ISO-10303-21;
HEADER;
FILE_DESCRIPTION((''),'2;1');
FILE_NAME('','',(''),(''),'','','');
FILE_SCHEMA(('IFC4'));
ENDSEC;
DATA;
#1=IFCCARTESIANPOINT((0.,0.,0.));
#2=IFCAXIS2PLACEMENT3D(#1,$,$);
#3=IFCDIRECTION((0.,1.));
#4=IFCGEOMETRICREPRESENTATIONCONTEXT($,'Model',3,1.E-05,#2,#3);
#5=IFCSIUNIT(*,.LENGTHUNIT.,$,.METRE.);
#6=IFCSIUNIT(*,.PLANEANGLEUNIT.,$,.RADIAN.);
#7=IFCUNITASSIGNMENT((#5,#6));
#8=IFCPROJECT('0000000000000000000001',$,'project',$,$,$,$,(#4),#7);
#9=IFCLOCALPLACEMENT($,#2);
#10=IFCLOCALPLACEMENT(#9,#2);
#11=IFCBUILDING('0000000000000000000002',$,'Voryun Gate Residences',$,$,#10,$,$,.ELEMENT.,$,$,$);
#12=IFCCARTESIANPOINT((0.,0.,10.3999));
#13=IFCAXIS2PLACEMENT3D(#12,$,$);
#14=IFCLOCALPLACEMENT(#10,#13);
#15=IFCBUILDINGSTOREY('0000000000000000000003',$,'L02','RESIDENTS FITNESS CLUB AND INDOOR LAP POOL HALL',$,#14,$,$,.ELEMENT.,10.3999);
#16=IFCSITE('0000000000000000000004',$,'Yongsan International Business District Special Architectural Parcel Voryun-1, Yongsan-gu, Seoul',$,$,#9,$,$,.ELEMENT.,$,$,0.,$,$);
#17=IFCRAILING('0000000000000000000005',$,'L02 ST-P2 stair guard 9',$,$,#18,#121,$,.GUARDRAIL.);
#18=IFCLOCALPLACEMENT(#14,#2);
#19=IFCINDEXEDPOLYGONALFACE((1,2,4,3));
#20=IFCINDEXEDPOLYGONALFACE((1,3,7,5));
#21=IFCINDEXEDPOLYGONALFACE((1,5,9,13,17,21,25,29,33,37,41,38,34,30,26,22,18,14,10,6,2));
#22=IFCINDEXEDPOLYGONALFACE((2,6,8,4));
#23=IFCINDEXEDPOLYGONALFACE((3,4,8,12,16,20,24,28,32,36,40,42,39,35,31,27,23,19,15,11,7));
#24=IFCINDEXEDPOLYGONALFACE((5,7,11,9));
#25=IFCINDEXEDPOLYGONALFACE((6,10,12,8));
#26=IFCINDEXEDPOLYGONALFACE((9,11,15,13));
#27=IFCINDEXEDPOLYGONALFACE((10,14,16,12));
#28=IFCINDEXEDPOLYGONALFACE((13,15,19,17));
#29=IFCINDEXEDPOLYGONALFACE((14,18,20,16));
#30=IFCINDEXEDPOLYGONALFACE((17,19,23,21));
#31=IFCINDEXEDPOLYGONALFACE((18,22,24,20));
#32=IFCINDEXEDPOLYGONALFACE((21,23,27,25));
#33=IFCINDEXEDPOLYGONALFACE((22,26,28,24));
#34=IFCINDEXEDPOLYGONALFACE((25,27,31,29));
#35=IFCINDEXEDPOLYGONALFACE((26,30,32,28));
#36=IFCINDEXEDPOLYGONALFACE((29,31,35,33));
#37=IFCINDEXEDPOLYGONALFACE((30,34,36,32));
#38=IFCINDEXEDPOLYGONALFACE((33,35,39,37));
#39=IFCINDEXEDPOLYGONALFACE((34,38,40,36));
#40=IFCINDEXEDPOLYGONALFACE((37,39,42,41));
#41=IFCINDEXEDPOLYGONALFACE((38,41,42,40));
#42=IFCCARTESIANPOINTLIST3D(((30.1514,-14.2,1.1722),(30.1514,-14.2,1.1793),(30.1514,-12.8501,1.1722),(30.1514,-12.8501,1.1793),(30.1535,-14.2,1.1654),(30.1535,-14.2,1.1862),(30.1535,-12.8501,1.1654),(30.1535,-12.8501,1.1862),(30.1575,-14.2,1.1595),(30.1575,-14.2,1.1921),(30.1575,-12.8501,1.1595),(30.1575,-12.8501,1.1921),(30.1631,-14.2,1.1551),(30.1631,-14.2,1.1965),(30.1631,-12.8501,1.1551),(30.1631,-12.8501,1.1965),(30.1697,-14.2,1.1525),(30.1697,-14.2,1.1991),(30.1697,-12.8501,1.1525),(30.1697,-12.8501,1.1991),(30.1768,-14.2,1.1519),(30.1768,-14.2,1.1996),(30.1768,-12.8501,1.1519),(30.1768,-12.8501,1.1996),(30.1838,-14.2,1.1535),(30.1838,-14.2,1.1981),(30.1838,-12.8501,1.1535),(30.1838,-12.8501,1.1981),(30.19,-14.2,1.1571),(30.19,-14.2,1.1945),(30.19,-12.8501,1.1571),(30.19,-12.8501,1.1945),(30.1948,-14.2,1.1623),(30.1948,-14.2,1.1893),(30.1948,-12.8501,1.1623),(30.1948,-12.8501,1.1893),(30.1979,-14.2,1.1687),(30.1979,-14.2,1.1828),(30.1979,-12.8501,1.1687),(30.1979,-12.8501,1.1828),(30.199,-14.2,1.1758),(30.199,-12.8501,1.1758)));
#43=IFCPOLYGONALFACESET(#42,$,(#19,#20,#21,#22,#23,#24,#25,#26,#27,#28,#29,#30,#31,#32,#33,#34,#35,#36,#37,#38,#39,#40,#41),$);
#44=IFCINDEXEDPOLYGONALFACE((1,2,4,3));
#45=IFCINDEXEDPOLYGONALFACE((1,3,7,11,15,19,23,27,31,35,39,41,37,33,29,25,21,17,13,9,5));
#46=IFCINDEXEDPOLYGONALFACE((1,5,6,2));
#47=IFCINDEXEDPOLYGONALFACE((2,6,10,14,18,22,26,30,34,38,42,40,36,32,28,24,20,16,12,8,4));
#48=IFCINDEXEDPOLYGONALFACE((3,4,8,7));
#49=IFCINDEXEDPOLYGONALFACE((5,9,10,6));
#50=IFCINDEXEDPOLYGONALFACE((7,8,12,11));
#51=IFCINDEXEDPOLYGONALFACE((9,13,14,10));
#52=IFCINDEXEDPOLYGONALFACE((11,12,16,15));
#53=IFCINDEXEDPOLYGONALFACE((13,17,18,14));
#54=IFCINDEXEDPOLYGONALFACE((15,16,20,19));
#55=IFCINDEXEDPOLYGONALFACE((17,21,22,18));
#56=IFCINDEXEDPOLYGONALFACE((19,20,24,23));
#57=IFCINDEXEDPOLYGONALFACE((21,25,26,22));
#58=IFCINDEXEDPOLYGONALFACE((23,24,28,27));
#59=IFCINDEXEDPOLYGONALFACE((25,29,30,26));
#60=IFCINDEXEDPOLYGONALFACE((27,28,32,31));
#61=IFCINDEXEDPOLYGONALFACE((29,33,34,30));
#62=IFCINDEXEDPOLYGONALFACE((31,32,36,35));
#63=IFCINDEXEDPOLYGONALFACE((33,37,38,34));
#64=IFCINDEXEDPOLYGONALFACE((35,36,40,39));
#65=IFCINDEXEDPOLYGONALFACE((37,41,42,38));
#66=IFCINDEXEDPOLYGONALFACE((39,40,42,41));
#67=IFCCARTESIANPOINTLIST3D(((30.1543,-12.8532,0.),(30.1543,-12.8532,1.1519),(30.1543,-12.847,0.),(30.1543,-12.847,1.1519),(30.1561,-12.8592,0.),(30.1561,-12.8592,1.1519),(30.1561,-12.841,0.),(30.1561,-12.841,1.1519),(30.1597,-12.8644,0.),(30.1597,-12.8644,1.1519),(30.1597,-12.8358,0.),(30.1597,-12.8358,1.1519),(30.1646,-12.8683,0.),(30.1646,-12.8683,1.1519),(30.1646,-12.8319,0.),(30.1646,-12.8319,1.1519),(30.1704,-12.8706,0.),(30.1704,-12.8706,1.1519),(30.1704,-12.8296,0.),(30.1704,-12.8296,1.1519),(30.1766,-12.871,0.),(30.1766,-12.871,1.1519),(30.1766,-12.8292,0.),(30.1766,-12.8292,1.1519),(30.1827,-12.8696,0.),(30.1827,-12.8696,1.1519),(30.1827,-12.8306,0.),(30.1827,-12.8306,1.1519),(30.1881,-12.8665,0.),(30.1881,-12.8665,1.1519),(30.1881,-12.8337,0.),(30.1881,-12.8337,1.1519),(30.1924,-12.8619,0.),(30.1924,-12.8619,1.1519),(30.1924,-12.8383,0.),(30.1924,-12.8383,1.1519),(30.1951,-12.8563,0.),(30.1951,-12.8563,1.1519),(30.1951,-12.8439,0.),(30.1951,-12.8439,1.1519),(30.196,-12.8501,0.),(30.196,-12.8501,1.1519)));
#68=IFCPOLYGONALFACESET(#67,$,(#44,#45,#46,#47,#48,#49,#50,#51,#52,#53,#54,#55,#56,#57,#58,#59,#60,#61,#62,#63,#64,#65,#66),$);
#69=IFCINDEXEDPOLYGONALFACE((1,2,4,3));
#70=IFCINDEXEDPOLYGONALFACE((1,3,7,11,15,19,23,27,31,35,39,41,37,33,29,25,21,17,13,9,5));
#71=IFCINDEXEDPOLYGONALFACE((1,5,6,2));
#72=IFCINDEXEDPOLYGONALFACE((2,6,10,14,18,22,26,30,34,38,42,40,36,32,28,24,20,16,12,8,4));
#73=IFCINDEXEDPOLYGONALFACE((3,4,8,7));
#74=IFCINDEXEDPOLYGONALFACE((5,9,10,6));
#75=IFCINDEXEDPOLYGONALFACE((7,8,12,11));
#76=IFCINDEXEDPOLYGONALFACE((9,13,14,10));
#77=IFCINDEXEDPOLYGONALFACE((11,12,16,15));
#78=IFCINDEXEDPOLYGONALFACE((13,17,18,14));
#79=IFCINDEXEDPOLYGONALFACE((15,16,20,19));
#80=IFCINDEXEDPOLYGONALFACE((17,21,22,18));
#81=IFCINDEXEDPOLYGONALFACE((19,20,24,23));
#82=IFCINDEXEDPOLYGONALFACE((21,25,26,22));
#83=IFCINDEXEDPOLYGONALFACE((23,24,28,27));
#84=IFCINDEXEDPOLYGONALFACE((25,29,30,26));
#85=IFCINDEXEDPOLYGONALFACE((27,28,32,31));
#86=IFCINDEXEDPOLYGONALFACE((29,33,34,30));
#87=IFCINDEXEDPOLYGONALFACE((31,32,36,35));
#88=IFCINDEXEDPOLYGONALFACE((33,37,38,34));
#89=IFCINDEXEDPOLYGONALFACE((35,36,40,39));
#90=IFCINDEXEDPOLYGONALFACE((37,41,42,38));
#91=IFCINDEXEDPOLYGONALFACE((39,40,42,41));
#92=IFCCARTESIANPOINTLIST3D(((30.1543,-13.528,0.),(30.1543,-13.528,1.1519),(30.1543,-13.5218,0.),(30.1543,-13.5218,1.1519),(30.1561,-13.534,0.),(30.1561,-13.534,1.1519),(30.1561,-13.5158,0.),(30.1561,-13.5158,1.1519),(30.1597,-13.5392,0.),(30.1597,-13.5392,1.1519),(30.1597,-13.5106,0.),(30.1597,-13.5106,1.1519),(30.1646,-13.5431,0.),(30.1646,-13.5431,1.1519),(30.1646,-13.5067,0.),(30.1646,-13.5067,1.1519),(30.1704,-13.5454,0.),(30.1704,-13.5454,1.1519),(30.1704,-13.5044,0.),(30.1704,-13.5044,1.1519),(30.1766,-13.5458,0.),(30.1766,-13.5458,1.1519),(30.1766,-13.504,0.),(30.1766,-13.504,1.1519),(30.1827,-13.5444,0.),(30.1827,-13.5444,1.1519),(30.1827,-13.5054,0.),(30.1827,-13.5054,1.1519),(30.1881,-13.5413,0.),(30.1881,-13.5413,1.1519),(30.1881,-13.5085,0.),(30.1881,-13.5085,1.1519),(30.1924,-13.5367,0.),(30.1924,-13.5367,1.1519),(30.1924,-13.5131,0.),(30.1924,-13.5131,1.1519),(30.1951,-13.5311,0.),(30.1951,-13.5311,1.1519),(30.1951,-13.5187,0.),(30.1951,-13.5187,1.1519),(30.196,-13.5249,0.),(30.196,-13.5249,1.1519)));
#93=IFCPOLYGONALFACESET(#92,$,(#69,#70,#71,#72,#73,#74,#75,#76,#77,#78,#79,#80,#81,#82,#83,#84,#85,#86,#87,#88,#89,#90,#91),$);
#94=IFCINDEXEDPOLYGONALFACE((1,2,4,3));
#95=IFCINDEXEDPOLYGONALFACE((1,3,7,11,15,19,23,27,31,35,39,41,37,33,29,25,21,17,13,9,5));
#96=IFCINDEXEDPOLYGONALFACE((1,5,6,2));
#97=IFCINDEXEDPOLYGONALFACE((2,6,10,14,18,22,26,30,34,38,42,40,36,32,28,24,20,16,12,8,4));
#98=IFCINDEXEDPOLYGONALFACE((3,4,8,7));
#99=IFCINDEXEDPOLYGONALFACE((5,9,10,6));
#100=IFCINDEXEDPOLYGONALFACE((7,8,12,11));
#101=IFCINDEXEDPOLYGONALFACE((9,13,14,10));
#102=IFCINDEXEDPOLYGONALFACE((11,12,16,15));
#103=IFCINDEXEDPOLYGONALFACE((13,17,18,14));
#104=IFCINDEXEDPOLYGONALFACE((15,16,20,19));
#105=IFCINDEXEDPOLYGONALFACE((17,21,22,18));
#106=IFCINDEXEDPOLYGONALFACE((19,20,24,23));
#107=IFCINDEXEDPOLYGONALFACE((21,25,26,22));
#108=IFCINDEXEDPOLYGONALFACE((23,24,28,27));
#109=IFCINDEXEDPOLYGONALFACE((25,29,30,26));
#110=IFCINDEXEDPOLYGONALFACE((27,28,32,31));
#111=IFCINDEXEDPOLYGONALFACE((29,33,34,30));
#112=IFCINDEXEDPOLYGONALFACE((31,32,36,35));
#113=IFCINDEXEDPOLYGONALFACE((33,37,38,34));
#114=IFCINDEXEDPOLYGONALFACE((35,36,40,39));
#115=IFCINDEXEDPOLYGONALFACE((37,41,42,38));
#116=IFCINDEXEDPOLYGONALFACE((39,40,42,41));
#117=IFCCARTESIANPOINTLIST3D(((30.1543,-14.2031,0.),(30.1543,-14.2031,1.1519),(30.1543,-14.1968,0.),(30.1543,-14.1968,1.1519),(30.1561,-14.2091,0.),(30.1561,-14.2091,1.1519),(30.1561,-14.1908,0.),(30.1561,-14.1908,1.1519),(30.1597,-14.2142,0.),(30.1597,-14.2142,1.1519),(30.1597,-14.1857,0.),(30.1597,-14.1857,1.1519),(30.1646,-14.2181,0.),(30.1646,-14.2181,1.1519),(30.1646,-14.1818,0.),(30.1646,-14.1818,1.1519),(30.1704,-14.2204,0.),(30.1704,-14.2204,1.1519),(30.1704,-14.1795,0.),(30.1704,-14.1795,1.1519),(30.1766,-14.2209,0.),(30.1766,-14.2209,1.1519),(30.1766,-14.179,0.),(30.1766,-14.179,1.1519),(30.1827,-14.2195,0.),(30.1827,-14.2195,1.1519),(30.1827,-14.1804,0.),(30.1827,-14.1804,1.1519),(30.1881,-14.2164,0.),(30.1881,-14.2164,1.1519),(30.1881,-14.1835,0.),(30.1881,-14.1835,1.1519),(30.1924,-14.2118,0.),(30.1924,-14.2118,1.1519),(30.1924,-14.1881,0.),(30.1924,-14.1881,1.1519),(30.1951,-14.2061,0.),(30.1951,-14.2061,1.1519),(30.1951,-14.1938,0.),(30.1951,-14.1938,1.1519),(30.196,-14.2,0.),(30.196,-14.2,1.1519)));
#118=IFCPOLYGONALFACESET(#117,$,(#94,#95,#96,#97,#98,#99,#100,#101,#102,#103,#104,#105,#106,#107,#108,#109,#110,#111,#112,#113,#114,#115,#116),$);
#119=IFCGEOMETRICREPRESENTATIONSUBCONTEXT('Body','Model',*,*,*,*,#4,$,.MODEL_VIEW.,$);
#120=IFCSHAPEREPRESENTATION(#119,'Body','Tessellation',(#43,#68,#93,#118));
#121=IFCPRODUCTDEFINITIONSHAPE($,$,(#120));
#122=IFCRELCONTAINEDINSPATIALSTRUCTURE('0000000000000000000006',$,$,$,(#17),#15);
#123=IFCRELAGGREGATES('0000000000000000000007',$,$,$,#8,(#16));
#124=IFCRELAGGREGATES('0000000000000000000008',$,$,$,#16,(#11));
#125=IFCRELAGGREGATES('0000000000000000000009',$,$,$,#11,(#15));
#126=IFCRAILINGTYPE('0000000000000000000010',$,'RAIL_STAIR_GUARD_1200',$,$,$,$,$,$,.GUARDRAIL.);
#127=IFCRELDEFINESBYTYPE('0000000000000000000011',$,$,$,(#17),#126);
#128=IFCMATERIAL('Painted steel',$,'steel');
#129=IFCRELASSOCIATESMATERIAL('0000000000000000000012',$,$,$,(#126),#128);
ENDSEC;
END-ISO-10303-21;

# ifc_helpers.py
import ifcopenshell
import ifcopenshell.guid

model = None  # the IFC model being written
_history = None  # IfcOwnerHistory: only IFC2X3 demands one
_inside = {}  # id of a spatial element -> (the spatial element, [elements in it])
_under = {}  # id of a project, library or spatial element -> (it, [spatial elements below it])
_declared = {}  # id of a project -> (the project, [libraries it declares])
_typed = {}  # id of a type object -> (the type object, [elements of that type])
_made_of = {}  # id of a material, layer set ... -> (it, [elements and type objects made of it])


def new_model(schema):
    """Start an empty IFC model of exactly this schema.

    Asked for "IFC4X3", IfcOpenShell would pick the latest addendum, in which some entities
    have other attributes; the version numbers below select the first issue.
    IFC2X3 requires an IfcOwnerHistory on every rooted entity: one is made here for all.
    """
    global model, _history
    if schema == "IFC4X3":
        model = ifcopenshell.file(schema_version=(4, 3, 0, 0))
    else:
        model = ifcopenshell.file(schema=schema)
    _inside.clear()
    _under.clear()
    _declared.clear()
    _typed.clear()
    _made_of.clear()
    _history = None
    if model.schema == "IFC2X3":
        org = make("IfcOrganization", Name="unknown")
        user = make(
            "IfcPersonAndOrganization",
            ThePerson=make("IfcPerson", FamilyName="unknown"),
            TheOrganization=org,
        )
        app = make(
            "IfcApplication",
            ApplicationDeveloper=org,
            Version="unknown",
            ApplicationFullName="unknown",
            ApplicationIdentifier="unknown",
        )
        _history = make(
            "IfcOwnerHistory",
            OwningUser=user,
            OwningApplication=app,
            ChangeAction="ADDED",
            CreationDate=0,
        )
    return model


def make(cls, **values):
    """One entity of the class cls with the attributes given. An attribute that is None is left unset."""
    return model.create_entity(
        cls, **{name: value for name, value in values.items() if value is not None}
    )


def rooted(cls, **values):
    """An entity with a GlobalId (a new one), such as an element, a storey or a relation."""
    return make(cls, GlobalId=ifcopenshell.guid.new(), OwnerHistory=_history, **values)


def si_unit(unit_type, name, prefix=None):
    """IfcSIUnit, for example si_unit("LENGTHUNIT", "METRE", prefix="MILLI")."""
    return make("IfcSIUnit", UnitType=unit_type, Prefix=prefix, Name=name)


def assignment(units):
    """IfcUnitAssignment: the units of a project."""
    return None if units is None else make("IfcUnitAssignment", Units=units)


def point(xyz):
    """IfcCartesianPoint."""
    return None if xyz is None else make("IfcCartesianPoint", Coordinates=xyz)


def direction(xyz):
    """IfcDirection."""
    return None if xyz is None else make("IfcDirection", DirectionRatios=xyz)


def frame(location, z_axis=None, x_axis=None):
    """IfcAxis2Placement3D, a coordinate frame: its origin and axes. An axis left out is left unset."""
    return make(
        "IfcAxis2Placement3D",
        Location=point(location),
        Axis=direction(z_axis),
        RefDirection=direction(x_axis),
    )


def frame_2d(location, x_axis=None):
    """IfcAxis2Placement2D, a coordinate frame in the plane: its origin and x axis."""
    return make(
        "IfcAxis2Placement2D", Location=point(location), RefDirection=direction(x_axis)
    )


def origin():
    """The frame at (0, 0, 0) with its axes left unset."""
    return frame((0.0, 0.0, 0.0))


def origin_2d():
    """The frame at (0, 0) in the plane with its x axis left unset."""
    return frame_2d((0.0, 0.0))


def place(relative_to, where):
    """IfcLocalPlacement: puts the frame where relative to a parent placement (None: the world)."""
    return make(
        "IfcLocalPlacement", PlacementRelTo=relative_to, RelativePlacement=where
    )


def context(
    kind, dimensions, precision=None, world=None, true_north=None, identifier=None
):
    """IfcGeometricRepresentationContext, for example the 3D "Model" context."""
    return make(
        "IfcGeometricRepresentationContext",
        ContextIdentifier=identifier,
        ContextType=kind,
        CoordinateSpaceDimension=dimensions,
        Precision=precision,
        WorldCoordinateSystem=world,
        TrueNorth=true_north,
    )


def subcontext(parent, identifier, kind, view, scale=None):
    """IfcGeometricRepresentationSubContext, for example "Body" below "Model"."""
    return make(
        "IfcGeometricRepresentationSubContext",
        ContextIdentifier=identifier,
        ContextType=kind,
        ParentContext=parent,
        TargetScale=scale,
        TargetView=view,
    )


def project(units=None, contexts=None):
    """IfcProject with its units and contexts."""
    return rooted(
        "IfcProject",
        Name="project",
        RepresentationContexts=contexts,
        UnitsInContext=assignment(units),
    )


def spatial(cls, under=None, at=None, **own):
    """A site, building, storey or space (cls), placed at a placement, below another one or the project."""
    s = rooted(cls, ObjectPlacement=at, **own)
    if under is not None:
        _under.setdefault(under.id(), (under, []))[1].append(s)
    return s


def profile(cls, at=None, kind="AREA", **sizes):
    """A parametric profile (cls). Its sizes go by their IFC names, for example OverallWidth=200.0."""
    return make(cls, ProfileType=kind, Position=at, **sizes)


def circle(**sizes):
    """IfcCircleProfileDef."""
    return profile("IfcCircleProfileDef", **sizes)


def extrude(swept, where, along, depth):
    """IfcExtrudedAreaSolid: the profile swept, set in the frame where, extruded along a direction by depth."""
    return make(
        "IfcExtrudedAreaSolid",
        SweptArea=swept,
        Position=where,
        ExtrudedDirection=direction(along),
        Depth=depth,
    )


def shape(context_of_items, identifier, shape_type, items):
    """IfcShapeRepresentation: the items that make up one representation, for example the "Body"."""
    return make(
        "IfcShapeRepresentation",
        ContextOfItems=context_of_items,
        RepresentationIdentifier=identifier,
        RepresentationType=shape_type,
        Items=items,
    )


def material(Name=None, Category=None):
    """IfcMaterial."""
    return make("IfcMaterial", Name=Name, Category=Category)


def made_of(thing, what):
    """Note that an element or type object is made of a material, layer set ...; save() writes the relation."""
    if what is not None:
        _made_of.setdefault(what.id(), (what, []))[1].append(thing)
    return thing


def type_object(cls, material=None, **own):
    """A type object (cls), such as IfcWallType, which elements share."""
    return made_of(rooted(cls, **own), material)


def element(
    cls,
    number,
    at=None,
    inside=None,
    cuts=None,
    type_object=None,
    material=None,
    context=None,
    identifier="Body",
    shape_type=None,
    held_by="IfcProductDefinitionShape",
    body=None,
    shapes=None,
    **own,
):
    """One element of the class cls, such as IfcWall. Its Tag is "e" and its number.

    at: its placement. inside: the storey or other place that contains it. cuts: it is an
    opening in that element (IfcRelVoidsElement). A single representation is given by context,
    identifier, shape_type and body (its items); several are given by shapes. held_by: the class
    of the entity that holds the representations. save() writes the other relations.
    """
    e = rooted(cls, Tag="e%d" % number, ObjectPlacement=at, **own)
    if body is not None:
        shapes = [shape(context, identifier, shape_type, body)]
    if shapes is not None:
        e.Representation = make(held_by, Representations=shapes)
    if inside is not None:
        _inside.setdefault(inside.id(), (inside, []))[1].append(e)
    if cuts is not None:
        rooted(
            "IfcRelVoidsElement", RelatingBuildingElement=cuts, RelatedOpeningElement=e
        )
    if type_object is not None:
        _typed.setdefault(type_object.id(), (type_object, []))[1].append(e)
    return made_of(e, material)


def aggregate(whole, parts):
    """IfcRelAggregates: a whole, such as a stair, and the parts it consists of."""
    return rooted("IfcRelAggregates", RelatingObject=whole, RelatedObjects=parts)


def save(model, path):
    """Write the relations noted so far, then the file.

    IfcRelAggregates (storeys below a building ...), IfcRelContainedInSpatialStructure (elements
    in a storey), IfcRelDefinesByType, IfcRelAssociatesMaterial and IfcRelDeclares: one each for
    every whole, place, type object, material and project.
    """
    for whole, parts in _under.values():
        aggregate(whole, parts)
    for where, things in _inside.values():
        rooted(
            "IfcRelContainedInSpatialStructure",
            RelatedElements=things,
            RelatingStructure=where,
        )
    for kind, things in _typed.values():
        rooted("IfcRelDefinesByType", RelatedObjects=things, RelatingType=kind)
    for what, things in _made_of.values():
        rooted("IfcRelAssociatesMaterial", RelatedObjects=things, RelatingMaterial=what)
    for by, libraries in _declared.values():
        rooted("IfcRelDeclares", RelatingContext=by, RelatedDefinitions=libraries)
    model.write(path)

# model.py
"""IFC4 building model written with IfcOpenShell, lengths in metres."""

from ifc_helpers import new_model, si_unit, direction, frame, origin, origin_2d, place, context, subcontext, project, spatial, circle, extrude, material, type_object, element, save


model = new_model("IFC4")

# Units and contexts
model_context = context("Model", 3, precision=1e-05, world=origin(), true_north=direction((0.0, 1.0)))
body_context = subcontext(model_context, "Body", "Model", "MODEL_VIEW")
ifc_project = project(units=[si_unit("LENGTHUNIT", "METRE"), si_unit("PLANEANGLEUNIT", "RADIAN")], contexts=[model_context])

# Site, building, storey
site_placement = place(None, origin())
site = spatial("IfcSite", under=ifc_project, at=site_placement, Name="Yongsan International Business District Special Architectural Parcel Voryun-1, Yongsan-gu, Seoul", CompositionType="ELEMENT", RefElevation=0.0)
building_placement = place(site_placement, origin())
building = spatial("IfcBuilding", under=site, at=building_placement, Name="Voryun Gate Residences", CompositionType="ELEMENT")
storey_placement = place(building_placement, frame((0.0, 0.0, 10.3999)))
storey = spatial("IfcBuildingStorey", under=building, at=storey_placement, Name="L02", Description="RESIDENTS FITNESS CLUB AND INDOOR LAP POOL HALL", CompositionType="ELEMENT", Elevation=10.3999)

# Railing
ifc_material_1 = material(Name="Painted steel", Category="steel")
railing_type_1 = type_object("IfcRailingType", Name="RAIL_STAIR_GUARD_1200", PredefinedType="GUARDRAIL", material=ifc_material_1)
for number, where, name in (
    (1, (30.175, -12.8501, 0.0), "L02 ST-P2 stair guard 9"),
):
    element("IfcRailing", number, at=place(storey_placement, frame(where)), inside=storey, type_object=railing_type_1, Name=name, PredefinedType="GUARDRAIL", context=body_context, shape_type="SweptSolid", body=[
        extrude(circle(Radius=0.0239, at=origin_2d()), frame((0.0, 0.0, 1.1758), z_axis=(0.0, -1.0, 0.0), x_axis=(1.0, 0.0, 0.0)), (0.0, 0.0, 1.0), 1.3499),
        extrude(circle(Radius=0.021, at=origin_2d()), origin(), (0.0, 0.0, 1.0), 1.1519),
        extrude(circle(Radius=0.021, at=origin_2d()), frame((0.0, -0.6748, 0.0)), (0.0, 0.0, 1.0), 1.1519),
        extrude(circle(Radius=0.021, at=origin_2d()), frame((0.0, -1.3499, 0.0)), (0.0, 0.0, 1.0), 1.1519),
    ])

save(model, "model.ifc")
